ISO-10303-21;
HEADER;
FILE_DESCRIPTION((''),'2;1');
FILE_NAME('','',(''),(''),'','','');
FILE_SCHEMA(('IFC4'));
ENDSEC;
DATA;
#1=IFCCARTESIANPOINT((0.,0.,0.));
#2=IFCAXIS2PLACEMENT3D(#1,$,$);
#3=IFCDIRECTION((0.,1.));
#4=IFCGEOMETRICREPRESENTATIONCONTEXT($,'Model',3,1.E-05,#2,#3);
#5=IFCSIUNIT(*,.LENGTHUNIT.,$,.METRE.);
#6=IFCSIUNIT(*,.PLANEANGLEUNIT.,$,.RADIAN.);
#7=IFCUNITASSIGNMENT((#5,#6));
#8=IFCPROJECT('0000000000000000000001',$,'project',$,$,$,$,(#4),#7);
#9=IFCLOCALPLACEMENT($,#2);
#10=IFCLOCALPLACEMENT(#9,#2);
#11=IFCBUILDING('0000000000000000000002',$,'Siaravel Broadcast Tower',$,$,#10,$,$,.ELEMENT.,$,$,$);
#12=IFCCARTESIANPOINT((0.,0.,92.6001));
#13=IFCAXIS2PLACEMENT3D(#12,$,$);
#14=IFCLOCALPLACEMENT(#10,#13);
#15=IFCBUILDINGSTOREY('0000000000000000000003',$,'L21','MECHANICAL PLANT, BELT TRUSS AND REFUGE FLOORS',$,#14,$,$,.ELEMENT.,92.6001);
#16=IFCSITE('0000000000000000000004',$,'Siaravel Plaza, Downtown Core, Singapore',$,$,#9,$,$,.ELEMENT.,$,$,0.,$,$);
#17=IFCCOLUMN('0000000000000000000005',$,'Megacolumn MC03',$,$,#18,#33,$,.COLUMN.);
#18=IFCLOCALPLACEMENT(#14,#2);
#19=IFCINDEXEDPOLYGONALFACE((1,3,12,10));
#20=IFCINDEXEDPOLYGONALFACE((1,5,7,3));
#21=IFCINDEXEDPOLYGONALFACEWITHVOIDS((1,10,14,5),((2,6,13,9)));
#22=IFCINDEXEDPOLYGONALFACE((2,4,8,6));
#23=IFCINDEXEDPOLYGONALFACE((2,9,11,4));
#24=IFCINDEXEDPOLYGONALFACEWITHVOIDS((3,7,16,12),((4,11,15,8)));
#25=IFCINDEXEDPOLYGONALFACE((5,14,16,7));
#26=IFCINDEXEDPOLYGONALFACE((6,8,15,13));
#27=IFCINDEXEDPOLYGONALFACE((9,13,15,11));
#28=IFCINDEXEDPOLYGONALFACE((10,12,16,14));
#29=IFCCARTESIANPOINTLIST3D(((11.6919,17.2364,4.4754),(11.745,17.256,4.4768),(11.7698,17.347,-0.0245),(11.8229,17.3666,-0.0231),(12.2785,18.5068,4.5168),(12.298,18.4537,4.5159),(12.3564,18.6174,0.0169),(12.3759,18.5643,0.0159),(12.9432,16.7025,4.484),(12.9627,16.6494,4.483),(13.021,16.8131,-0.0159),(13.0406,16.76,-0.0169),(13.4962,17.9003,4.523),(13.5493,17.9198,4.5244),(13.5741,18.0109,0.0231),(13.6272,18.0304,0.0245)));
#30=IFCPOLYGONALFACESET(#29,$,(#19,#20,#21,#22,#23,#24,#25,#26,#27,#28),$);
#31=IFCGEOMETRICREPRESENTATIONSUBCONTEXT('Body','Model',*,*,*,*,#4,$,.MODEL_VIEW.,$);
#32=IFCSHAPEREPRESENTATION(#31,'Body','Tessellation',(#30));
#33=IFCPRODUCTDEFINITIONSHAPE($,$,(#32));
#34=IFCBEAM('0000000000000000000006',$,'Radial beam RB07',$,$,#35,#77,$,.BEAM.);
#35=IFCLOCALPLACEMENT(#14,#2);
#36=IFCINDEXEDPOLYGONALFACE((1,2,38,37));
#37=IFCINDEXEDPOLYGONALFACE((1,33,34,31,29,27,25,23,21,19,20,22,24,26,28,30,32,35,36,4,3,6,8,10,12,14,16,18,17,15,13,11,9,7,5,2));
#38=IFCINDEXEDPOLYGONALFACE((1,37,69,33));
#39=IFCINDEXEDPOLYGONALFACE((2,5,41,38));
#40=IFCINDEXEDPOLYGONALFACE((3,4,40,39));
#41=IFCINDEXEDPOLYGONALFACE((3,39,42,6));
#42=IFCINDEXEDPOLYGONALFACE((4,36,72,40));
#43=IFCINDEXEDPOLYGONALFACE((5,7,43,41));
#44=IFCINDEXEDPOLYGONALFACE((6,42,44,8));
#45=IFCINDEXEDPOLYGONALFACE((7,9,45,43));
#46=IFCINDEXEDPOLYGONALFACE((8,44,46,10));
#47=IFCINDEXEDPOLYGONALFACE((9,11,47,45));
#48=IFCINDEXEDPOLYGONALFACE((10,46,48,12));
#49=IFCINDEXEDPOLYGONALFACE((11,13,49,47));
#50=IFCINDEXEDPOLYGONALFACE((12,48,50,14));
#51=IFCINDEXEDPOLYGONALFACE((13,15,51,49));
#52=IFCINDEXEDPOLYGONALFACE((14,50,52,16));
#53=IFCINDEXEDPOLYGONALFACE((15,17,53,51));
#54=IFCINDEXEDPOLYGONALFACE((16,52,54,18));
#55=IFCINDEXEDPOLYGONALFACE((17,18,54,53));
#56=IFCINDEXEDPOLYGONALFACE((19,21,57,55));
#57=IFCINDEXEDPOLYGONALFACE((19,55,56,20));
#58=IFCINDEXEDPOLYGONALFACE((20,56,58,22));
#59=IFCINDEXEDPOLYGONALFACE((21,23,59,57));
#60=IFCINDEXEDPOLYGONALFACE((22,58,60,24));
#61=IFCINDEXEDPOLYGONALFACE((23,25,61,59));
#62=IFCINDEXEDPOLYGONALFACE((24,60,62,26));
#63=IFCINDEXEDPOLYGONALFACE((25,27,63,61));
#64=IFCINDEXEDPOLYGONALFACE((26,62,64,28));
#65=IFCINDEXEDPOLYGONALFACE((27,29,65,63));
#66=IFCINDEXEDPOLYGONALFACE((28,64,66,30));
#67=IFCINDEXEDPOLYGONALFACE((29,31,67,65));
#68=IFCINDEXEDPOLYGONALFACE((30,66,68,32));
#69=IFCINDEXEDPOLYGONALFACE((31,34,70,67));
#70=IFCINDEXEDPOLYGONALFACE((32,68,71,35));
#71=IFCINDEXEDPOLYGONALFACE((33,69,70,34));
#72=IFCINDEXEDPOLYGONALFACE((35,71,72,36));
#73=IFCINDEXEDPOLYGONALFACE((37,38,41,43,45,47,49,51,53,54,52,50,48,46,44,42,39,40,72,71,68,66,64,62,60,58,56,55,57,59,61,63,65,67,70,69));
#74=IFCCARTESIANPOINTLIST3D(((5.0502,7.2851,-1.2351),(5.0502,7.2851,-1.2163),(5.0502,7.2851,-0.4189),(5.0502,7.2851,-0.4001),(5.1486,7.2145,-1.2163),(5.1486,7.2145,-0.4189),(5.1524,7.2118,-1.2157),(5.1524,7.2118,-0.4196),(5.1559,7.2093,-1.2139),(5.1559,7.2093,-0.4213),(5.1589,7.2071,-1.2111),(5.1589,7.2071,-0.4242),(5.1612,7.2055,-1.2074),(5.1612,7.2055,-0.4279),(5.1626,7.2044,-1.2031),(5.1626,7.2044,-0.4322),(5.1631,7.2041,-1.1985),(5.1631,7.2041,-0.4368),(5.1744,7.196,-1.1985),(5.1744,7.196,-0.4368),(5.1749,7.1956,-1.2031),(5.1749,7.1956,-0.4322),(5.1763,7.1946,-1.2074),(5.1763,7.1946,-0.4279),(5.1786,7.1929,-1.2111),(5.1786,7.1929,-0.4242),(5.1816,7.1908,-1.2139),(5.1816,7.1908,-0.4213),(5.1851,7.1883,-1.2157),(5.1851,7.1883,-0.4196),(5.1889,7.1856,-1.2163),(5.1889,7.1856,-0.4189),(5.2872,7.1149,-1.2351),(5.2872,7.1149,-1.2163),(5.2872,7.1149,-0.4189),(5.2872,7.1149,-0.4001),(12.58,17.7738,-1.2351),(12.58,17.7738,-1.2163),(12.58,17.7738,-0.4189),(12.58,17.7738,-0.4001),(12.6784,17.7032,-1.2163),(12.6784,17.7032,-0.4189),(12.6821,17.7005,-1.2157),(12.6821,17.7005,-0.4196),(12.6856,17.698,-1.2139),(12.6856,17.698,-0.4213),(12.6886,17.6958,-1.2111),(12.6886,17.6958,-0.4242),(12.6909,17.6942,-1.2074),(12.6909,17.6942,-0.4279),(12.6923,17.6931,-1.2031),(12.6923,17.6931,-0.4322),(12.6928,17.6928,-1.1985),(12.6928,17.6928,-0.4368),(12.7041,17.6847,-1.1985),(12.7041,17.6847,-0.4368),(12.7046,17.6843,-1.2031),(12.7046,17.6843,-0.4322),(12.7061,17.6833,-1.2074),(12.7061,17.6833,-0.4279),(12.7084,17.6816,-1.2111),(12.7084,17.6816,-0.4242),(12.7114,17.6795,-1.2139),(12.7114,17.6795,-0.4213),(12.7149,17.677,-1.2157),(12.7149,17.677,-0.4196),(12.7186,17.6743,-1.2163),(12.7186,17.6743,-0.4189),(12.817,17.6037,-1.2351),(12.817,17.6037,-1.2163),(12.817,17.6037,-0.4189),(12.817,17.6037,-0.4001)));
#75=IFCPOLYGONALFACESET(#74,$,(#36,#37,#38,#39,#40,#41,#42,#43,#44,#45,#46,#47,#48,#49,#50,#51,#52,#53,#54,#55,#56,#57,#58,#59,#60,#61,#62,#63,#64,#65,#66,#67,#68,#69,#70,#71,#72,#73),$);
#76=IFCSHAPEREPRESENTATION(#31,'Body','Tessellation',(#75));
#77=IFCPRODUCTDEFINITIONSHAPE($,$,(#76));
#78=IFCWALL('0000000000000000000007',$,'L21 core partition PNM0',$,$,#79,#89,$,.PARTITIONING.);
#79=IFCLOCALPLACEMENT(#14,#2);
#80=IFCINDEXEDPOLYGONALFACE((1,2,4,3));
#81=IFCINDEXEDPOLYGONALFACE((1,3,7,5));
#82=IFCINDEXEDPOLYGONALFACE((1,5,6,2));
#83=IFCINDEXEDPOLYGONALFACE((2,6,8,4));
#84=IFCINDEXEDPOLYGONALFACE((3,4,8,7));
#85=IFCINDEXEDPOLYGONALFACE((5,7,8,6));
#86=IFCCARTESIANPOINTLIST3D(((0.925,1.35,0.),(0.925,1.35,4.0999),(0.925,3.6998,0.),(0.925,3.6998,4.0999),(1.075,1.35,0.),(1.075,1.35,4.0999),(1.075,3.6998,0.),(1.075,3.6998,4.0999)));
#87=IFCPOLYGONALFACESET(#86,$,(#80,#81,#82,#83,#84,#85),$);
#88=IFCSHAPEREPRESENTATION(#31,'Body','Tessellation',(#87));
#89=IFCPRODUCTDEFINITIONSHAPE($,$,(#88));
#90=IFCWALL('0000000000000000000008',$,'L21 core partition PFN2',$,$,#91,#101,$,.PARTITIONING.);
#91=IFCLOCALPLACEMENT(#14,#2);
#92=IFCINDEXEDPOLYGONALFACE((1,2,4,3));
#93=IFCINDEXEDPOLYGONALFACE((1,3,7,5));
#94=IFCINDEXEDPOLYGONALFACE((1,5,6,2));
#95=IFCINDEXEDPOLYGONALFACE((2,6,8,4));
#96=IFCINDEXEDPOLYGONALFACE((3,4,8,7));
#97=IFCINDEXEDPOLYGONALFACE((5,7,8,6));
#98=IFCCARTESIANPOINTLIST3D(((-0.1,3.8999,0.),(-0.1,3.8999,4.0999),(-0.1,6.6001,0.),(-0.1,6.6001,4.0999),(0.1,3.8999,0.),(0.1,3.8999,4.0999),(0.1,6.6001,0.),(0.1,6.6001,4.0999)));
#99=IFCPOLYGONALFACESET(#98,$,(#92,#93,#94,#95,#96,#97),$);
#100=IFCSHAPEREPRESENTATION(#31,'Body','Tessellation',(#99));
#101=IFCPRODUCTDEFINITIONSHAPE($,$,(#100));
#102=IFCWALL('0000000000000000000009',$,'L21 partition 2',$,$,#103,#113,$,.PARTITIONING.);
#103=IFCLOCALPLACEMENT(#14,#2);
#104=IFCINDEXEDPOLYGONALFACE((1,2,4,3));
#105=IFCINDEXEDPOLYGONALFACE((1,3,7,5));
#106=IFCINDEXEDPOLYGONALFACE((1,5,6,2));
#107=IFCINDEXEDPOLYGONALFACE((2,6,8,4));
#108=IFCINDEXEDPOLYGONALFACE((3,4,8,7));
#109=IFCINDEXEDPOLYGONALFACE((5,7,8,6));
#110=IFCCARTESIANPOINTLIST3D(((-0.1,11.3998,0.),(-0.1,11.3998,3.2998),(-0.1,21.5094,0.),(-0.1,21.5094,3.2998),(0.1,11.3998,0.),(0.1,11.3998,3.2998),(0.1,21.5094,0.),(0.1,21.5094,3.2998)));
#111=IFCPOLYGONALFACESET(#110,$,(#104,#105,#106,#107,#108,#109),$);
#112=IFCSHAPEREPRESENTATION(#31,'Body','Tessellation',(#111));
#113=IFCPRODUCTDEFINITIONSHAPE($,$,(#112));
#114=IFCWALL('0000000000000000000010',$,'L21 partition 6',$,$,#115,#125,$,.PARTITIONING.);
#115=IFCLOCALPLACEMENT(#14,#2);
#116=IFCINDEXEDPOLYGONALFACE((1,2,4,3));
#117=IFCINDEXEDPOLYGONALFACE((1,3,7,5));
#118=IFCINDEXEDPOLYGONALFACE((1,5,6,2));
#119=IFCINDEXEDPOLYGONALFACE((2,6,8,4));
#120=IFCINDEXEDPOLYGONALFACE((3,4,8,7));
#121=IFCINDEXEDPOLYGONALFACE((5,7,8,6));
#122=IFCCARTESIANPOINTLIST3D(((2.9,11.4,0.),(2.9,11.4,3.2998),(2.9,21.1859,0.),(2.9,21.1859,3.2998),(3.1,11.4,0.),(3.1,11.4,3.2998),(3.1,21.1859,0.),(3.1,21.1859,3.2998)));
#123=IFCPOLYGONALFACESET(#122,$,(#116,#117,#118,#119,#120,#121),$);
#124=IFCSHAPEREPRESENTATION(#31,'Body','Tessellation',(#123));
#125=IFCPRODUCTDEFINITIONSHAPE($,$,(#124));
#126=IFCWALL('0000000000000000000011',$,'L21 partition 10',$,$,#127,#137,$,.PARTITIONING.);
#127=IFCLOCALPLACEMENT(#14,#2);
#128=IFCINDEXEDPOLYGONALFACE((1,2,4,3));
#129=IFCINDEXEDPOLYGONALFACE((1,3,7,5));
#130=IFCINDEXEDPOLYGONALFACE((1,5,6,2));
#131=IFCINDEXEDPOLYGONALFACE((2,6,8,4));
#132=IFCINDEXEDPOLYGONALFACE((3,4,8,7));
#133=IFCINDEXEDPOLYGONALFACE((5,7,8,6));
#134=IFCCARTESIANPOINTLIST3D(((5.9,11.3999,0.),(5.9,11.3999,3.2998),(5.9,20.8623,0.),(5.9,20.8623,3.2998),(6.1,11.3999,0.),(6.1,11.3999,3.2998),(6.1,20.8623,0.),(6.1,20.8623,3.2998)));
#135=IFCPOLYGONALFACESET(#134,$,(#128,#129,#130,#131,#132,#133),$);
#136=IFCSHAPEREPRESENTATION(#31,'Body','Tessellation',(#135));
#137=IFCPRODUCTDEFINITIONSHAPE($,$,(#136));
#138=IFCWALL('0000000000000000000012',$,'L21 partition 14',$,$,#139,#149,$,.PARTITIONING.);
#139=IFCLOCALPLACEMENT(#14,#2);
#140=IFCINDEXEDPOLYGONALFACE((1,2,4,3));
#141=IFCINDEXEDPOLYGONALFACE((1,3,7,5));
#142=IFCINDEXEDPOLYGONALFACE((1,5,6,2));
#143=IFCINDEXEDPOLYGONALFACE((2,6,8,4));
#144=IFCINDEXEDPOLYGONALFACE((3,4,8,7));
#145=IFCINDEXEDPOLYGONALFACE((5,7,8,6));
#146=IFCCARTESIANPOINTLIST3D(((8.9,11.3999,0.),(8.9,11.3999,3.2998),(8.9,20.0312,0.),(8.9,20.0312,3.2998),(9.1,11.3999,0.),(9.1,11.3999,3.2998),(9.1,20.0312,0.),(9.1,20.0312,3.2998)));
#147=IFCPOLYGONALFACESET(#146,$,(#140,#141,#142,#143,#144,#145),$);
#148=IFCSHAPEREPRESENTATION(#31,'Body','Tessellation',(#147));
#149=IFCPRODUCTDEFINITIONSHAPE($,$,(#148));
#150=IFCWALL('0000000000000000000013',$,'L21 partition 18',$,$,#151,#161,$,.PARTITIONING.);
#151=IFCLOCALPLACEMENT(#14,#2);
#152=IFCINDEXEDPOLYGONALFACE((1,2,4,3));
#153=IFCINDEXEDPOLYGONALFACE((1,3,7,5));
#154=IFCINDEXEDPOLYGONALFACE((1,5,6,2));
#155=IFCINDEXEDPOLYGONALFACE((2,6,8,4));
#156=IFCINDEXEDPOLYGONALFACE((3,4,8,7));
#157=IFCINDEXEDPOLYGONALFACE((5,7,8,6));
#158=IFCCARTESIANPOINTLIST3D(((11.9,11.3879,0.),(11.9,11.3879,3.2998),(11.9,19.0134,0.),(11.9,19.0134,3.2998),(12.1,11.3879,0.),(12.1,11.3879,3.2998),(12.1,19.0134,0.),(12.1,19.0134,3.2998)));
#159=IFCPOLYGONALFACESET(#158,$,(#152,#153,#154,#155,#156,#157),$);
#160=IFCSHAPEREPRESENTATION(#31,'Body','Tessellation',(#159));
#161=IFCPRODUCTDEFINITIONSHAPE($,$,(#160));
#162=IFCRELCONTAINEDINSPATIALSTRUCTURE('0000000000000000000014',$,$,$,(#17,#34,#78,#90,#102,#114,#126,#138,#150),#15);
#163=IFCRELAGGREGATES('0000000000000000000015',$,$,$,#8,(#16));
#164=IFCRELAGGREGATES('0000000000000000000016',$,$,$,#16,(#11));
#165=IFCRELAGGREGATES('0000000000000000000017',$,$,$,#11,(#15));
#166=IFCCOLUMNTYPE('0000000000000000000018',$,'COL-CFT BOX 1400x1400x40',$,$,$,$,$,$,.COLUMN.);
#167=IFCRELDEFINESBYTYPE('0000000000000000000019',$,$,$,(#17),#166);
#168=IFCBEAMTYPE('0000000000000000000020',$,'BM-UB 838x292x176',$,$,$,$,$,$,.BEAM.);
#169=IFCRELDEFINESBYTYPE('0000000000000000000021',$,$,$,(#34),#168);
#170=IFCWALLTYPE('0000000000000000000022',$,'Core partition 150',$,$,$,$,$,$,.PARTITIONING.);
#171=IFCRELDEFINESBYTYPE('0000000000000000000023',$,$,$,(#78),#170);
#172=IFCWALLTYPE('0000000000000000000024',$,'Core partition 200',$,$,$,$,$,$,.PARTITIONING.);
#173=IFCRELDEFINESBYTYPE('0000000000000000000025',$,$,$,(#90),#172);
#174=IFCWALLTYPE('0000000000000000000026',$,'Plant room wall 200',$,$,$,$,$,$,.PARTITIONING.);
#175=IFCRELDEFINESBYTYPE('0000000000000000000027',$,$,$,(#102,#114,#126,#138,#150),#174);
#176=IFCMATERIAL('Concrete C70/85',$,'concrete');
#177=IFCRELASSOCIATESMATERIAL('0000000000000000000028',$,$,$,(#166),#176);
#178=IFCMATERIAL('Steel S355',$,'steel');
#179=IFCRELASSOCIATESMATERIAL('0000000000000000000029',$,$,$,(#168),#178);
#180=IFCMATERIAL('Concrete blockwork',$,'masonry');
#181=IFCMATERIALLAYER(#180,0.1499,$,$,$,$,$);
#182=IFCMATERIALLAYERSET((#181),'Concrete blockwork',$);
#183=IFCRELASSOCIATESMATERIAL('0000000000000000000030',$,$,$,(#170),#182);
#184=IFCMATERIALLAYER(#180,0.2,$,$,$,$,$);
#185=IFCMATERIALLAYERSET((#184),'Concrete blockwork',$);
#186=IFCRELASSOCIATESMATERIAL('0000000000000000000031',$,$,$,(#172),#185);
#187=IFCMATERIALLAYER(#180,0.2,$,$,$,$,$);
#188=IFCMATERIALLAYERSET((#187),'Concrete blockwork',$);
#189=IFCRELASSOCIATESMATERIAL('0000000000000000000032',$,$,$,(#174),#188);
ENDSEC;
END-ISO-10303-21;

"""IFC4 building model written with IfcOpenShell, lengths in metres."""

from ifc_helpers import new_model, si_unit, direction, frame, frame_2d, origin, origin_2d, place, context, subcontext, project, spatial, rectangle, hollow_rectangle, i_section, extrude, material, layer, layer_set, material_profile, profile_set, type_object, element, save


model = new_model("IFC4")

# Units and contexts
model_context = context("Model", 3, precision=1e-05, world=origin(), true_north=direction((0.0, 1.0)))
body_context = subcontext(model_context, "Body", "Model", "MODEL_VIEW")
ifc_project = project(units=[si_unit("LENGTHUNIT", "METRE"), si_unit("PLANEANGLEUNIT", "RADIAN")], contexts=[model_context])

# Site, building, storey
site_placement = place(None, origin())
site = spatial("IfcSite", under=ifc_project, at=site_placement, Name="Siaravel Plaza, Downtown Core, Singapore", CompositionType="ELEMENT", RefElevation=0.0)
building_placement = place(site_placement, origin())
building = spatial("IfcBuilding", under=site, at=building_placement, Name="Siaravel Broadcast Tower", CompositionType="ELEMENT")
storey_placement = place(building_placement, frame((0.0, 0.0, 92.6001)))
storey = spatial("IfcBuildingStorey", under=building, at=storey_placement, Name="L21", Description="MECHANICAL PLANT, BELT TRUSS AND REFUGE FLOORS", CompositionType="ELEMENT", Elevation=92.6001)

# Column
ifc_material_1 = material(Name="Concrete C70/85", Category="concrete")
ifc_material_profile_1 = material_profile(ifc_material_1, hollow_rectangle(XDim=1.3999, YDim=1.3999, WallThickness=0.04, at=origin_2d()))
ifc_profile_set_1 = profile_set([ifc_material_profile_1], Name="Concrete C70/85")
column_type = type_object("IfcColumnType", Name="COL-CFT BOX 1400x1400x40", PredefinedType="COLUMN", material=ifc_profile_set_1)
column_placement = place(storey_placement, frame((12.6985, 17.6887, 0.0), z_axis=(-0.017299, -0.024566, 0.999549), x_axis=(0.907811, -0.419344, 0.005405)))
element("IfcColumn", 1, at=column_placement, inside=storey, type_object=column_type, Name="Megacolumn MC03", PredefinedType="COLUMN", context=body_context, shape_type="SweptSolid", body=[
    extrude(hollow_rectangle(XDim=1.3999, YDim=1.3999, WallThickness=0.04, at=origin_2d()), origin(), (0.0, 0.0, 1.0), 4.502),
])

# Beam
ifc_material_2 = material(Name="Steel S355", Category="steel")
ifc_material_profile_2 = material_profile(ifc_material_2, i_section(OverallWidth=0.2917, OverallDepth=0.835, WebThickness=0.0139, FlangeThickness=0.0188, FilletRadius=0.0178, at=origin_2d()))
ifc_profile_set_2 = profile_set([ifc_material_profile_2], Name="Steel S355")
beam_type = type_object("IfcBeamType", Name="BM-UB 838x292x176", PredefinedType="BEAM", material=ifc_profile_set_2)
beam_placement = place(storey_placement, frame((12.6985, 17.6887, -0.8176), z_axis=(-0.583175, -0.812346, 0.0), x_axis=(0.812346, -0.583175, 0.0)))
element("IfcBeam", 2, at=beam_placement, inside=storey, type_object=beam_type, Name="Radial beam RB07", PredefinedType="BEAM", context=body_context, shape_type="SweptSolid", body=[
    extrude(i_section(OverallWidth=0.2917, OverallDepth=0.835, WebThickness=0.0139, FlangeThickness=0.0188, FilletRadius=0.0178, at=origin_2d()), origin(), (0.0, 0.0, 1.0), 12.9116),
])

# Walls
ifc_material_3 = material(Name="Concrete blockwork", Category="masonry")
ifc_layer_1 = layer(ifc_material_3, 0.1499)
ifc_layer_set_1 = layer_set([ifc_layer_1], Name="Concrete blockwork")
wall_type_1 = type_object("IfcWallType", Name="Core partition 150", PredefinedType="PARTITIONING", material=ifc_layer_set_1)
wall_1_placement = place(storey_placement, frame((1.0, 1.3501, 0.0), z_axis=(0.0, 0.0, 1.0), x_axis=(0.0, 1.0, 0.0)))
element("IfcWall", 3, at=wall_1_placement, inside=storey, type_object=wall_type_1, Name="L21 core partition PNM0", PredefinedType="PARTITIONING", context=body_context, shape_type="SweptSolid", body=[
    extrude(rectangle(XDim=2.3499, YDim=0.1499, at=frame_2d((1.1748, 0.0))), origin(), (0.0, 0.0, 1.0), 4.0999),
])
ifc_layer_2 = layer(ifc_material_3, 0.2)
ifc_layer_set_2 = layer_set([ifc_layer_2], Name="Concrete blockwork")
wall_type_2 = type_object("IfcWallType", Name="Core partition 200", PredefinedType="PARTITIONING", material=ifc_layer_set_2)
wall_2_placement = place(storey_placement, frame((0.0, 3.8999, 0.0), z_axis=(0.0, 0.0, 1.0), x_axis=(0.0, 1.0, 0.0)))
element("IfcWall", 4, at=wall_2_placement, inside=storey, type_object=wall_type_2, Name="L21 core partition PFN2", PredefinedType="PARTITIONING", context=body_context, shape_type="SweptSolid", body=[
    extrude(rectangle(XDim=2.7002, YDim=0.2, at=frame_2d((1.3501, 0.0))), origin(), (0.0, 0.0, 1.0), 4.0999),
])
ifc_layer_3 = layer(ifc_material_3, 0.2)
ifc_layer_set_3 = layer_set([ifc_layer_3], Name="Concrete blockwork")
wall_type_3 = type_object("IfcWallType", Name="Plant room wall 200", PredefinedType="PARTITIONING", material=ifc_layer_set_3)
wall_3_placement = place(storey_placement, frame((0.0, 11.3999, 0.0), z_axis=(0.0, 0.0, 1.0), x_axis=(0.0, 1.0, 0.0)))
element("IfcWall", 5, at=wall_3_placement, inside=storey, type_object=wall_type_3, Name="L21 partition 2", PredefinedType="PARTITIONING", context=body_context, shape_type="SweptSolid", body=[
    extrude(rectangle(XDim=10.1096, YDim=0.2, at=frame_2d((5.0547, 0.0))), origin(), (0.0, 0.0, 1.0), 3.2998),
])
wall_4_placement = place(storey_placement, frame((3.0, 11.3999, 0.0), z_axis=(0.0, 0.0, 1.0), x_axis=(0.0, 1.0, 0.0)))
element("IfcWall", 6, at=wall_4_placement, inside=storey, type_object=wall_type_3, Name="L21 partition 6", PredefinedType="PARTITIONING", context=body_context, shape_type="SweptSolid", body=[
    extrude(rectangle(XDim=9.7859, YDim=0.2, at=frame_2d((4.8931, 0.0))), origin(), (0.0, 0.0, 1.0), 3.2998),
])
wall_5_placement = place(storey_placement, frame((6.0, 11.3999, 0.0), z_axis=(0.0, 0.0, 1.0), x_axis=(0.0, 1.0, 0.0)))
element("IfcWall", 7, at=wall_5_placement, inside=storey, type_object=wall_type_3, Name="L21 partition 10", PredefinedType="PARTITIONING", context=body_context, shape_type="SweptSolid", body=[
    extrude(rectangle(XDim=9.4624, YDim=0.2, at=frame_2d((4.7312, 0.0))), origin(), (0.0, 0.0, 1.0), 3.2998),
])
wall_6_placement = place(storey_placement, frame((9.0, 11.3999, 0.0), z_axis=(0.0, 0.0, 1.0), x_axis=(0.0, 1.0, 0.0)))
element("IfcWall", 8, at=wall_6_placement, inside=storey, type_object=wall_type_3, Name="L21 partition 14", PredefinedType="PARTITIONING", context=body_context, shape_type="SweptSolid", body=[
    extrude(rectangle(XDim=8.6313, YDim=0.2, at=frame_2d((4.3157, 0.0))), origin(), (0.0, 0.0, 1.0), 3.2998),
])
wall_7_placement = place(storey_placement, frame((12.0, 11.3879, 0.0), z_axis=(0.0, 0.0, 1.0), x_axis=(0.0, 1.0, 0.0)))
element("IfcWall", 9, at=wall_7_placement, inside=storey, type_object=wall_type_3, Name="L21 partition 18", PredefinedType="PARTITIONING", context=body_context, shape_type="SweptSolid", body=[
    extrude(rectangle(XDim=7.6255, YDim=0.2, at=frame_2d((3.8127, 0.0))), origin(), (0.0, 0.0, 1.0), 3.2998),
])

save(model, "model.ifc")
